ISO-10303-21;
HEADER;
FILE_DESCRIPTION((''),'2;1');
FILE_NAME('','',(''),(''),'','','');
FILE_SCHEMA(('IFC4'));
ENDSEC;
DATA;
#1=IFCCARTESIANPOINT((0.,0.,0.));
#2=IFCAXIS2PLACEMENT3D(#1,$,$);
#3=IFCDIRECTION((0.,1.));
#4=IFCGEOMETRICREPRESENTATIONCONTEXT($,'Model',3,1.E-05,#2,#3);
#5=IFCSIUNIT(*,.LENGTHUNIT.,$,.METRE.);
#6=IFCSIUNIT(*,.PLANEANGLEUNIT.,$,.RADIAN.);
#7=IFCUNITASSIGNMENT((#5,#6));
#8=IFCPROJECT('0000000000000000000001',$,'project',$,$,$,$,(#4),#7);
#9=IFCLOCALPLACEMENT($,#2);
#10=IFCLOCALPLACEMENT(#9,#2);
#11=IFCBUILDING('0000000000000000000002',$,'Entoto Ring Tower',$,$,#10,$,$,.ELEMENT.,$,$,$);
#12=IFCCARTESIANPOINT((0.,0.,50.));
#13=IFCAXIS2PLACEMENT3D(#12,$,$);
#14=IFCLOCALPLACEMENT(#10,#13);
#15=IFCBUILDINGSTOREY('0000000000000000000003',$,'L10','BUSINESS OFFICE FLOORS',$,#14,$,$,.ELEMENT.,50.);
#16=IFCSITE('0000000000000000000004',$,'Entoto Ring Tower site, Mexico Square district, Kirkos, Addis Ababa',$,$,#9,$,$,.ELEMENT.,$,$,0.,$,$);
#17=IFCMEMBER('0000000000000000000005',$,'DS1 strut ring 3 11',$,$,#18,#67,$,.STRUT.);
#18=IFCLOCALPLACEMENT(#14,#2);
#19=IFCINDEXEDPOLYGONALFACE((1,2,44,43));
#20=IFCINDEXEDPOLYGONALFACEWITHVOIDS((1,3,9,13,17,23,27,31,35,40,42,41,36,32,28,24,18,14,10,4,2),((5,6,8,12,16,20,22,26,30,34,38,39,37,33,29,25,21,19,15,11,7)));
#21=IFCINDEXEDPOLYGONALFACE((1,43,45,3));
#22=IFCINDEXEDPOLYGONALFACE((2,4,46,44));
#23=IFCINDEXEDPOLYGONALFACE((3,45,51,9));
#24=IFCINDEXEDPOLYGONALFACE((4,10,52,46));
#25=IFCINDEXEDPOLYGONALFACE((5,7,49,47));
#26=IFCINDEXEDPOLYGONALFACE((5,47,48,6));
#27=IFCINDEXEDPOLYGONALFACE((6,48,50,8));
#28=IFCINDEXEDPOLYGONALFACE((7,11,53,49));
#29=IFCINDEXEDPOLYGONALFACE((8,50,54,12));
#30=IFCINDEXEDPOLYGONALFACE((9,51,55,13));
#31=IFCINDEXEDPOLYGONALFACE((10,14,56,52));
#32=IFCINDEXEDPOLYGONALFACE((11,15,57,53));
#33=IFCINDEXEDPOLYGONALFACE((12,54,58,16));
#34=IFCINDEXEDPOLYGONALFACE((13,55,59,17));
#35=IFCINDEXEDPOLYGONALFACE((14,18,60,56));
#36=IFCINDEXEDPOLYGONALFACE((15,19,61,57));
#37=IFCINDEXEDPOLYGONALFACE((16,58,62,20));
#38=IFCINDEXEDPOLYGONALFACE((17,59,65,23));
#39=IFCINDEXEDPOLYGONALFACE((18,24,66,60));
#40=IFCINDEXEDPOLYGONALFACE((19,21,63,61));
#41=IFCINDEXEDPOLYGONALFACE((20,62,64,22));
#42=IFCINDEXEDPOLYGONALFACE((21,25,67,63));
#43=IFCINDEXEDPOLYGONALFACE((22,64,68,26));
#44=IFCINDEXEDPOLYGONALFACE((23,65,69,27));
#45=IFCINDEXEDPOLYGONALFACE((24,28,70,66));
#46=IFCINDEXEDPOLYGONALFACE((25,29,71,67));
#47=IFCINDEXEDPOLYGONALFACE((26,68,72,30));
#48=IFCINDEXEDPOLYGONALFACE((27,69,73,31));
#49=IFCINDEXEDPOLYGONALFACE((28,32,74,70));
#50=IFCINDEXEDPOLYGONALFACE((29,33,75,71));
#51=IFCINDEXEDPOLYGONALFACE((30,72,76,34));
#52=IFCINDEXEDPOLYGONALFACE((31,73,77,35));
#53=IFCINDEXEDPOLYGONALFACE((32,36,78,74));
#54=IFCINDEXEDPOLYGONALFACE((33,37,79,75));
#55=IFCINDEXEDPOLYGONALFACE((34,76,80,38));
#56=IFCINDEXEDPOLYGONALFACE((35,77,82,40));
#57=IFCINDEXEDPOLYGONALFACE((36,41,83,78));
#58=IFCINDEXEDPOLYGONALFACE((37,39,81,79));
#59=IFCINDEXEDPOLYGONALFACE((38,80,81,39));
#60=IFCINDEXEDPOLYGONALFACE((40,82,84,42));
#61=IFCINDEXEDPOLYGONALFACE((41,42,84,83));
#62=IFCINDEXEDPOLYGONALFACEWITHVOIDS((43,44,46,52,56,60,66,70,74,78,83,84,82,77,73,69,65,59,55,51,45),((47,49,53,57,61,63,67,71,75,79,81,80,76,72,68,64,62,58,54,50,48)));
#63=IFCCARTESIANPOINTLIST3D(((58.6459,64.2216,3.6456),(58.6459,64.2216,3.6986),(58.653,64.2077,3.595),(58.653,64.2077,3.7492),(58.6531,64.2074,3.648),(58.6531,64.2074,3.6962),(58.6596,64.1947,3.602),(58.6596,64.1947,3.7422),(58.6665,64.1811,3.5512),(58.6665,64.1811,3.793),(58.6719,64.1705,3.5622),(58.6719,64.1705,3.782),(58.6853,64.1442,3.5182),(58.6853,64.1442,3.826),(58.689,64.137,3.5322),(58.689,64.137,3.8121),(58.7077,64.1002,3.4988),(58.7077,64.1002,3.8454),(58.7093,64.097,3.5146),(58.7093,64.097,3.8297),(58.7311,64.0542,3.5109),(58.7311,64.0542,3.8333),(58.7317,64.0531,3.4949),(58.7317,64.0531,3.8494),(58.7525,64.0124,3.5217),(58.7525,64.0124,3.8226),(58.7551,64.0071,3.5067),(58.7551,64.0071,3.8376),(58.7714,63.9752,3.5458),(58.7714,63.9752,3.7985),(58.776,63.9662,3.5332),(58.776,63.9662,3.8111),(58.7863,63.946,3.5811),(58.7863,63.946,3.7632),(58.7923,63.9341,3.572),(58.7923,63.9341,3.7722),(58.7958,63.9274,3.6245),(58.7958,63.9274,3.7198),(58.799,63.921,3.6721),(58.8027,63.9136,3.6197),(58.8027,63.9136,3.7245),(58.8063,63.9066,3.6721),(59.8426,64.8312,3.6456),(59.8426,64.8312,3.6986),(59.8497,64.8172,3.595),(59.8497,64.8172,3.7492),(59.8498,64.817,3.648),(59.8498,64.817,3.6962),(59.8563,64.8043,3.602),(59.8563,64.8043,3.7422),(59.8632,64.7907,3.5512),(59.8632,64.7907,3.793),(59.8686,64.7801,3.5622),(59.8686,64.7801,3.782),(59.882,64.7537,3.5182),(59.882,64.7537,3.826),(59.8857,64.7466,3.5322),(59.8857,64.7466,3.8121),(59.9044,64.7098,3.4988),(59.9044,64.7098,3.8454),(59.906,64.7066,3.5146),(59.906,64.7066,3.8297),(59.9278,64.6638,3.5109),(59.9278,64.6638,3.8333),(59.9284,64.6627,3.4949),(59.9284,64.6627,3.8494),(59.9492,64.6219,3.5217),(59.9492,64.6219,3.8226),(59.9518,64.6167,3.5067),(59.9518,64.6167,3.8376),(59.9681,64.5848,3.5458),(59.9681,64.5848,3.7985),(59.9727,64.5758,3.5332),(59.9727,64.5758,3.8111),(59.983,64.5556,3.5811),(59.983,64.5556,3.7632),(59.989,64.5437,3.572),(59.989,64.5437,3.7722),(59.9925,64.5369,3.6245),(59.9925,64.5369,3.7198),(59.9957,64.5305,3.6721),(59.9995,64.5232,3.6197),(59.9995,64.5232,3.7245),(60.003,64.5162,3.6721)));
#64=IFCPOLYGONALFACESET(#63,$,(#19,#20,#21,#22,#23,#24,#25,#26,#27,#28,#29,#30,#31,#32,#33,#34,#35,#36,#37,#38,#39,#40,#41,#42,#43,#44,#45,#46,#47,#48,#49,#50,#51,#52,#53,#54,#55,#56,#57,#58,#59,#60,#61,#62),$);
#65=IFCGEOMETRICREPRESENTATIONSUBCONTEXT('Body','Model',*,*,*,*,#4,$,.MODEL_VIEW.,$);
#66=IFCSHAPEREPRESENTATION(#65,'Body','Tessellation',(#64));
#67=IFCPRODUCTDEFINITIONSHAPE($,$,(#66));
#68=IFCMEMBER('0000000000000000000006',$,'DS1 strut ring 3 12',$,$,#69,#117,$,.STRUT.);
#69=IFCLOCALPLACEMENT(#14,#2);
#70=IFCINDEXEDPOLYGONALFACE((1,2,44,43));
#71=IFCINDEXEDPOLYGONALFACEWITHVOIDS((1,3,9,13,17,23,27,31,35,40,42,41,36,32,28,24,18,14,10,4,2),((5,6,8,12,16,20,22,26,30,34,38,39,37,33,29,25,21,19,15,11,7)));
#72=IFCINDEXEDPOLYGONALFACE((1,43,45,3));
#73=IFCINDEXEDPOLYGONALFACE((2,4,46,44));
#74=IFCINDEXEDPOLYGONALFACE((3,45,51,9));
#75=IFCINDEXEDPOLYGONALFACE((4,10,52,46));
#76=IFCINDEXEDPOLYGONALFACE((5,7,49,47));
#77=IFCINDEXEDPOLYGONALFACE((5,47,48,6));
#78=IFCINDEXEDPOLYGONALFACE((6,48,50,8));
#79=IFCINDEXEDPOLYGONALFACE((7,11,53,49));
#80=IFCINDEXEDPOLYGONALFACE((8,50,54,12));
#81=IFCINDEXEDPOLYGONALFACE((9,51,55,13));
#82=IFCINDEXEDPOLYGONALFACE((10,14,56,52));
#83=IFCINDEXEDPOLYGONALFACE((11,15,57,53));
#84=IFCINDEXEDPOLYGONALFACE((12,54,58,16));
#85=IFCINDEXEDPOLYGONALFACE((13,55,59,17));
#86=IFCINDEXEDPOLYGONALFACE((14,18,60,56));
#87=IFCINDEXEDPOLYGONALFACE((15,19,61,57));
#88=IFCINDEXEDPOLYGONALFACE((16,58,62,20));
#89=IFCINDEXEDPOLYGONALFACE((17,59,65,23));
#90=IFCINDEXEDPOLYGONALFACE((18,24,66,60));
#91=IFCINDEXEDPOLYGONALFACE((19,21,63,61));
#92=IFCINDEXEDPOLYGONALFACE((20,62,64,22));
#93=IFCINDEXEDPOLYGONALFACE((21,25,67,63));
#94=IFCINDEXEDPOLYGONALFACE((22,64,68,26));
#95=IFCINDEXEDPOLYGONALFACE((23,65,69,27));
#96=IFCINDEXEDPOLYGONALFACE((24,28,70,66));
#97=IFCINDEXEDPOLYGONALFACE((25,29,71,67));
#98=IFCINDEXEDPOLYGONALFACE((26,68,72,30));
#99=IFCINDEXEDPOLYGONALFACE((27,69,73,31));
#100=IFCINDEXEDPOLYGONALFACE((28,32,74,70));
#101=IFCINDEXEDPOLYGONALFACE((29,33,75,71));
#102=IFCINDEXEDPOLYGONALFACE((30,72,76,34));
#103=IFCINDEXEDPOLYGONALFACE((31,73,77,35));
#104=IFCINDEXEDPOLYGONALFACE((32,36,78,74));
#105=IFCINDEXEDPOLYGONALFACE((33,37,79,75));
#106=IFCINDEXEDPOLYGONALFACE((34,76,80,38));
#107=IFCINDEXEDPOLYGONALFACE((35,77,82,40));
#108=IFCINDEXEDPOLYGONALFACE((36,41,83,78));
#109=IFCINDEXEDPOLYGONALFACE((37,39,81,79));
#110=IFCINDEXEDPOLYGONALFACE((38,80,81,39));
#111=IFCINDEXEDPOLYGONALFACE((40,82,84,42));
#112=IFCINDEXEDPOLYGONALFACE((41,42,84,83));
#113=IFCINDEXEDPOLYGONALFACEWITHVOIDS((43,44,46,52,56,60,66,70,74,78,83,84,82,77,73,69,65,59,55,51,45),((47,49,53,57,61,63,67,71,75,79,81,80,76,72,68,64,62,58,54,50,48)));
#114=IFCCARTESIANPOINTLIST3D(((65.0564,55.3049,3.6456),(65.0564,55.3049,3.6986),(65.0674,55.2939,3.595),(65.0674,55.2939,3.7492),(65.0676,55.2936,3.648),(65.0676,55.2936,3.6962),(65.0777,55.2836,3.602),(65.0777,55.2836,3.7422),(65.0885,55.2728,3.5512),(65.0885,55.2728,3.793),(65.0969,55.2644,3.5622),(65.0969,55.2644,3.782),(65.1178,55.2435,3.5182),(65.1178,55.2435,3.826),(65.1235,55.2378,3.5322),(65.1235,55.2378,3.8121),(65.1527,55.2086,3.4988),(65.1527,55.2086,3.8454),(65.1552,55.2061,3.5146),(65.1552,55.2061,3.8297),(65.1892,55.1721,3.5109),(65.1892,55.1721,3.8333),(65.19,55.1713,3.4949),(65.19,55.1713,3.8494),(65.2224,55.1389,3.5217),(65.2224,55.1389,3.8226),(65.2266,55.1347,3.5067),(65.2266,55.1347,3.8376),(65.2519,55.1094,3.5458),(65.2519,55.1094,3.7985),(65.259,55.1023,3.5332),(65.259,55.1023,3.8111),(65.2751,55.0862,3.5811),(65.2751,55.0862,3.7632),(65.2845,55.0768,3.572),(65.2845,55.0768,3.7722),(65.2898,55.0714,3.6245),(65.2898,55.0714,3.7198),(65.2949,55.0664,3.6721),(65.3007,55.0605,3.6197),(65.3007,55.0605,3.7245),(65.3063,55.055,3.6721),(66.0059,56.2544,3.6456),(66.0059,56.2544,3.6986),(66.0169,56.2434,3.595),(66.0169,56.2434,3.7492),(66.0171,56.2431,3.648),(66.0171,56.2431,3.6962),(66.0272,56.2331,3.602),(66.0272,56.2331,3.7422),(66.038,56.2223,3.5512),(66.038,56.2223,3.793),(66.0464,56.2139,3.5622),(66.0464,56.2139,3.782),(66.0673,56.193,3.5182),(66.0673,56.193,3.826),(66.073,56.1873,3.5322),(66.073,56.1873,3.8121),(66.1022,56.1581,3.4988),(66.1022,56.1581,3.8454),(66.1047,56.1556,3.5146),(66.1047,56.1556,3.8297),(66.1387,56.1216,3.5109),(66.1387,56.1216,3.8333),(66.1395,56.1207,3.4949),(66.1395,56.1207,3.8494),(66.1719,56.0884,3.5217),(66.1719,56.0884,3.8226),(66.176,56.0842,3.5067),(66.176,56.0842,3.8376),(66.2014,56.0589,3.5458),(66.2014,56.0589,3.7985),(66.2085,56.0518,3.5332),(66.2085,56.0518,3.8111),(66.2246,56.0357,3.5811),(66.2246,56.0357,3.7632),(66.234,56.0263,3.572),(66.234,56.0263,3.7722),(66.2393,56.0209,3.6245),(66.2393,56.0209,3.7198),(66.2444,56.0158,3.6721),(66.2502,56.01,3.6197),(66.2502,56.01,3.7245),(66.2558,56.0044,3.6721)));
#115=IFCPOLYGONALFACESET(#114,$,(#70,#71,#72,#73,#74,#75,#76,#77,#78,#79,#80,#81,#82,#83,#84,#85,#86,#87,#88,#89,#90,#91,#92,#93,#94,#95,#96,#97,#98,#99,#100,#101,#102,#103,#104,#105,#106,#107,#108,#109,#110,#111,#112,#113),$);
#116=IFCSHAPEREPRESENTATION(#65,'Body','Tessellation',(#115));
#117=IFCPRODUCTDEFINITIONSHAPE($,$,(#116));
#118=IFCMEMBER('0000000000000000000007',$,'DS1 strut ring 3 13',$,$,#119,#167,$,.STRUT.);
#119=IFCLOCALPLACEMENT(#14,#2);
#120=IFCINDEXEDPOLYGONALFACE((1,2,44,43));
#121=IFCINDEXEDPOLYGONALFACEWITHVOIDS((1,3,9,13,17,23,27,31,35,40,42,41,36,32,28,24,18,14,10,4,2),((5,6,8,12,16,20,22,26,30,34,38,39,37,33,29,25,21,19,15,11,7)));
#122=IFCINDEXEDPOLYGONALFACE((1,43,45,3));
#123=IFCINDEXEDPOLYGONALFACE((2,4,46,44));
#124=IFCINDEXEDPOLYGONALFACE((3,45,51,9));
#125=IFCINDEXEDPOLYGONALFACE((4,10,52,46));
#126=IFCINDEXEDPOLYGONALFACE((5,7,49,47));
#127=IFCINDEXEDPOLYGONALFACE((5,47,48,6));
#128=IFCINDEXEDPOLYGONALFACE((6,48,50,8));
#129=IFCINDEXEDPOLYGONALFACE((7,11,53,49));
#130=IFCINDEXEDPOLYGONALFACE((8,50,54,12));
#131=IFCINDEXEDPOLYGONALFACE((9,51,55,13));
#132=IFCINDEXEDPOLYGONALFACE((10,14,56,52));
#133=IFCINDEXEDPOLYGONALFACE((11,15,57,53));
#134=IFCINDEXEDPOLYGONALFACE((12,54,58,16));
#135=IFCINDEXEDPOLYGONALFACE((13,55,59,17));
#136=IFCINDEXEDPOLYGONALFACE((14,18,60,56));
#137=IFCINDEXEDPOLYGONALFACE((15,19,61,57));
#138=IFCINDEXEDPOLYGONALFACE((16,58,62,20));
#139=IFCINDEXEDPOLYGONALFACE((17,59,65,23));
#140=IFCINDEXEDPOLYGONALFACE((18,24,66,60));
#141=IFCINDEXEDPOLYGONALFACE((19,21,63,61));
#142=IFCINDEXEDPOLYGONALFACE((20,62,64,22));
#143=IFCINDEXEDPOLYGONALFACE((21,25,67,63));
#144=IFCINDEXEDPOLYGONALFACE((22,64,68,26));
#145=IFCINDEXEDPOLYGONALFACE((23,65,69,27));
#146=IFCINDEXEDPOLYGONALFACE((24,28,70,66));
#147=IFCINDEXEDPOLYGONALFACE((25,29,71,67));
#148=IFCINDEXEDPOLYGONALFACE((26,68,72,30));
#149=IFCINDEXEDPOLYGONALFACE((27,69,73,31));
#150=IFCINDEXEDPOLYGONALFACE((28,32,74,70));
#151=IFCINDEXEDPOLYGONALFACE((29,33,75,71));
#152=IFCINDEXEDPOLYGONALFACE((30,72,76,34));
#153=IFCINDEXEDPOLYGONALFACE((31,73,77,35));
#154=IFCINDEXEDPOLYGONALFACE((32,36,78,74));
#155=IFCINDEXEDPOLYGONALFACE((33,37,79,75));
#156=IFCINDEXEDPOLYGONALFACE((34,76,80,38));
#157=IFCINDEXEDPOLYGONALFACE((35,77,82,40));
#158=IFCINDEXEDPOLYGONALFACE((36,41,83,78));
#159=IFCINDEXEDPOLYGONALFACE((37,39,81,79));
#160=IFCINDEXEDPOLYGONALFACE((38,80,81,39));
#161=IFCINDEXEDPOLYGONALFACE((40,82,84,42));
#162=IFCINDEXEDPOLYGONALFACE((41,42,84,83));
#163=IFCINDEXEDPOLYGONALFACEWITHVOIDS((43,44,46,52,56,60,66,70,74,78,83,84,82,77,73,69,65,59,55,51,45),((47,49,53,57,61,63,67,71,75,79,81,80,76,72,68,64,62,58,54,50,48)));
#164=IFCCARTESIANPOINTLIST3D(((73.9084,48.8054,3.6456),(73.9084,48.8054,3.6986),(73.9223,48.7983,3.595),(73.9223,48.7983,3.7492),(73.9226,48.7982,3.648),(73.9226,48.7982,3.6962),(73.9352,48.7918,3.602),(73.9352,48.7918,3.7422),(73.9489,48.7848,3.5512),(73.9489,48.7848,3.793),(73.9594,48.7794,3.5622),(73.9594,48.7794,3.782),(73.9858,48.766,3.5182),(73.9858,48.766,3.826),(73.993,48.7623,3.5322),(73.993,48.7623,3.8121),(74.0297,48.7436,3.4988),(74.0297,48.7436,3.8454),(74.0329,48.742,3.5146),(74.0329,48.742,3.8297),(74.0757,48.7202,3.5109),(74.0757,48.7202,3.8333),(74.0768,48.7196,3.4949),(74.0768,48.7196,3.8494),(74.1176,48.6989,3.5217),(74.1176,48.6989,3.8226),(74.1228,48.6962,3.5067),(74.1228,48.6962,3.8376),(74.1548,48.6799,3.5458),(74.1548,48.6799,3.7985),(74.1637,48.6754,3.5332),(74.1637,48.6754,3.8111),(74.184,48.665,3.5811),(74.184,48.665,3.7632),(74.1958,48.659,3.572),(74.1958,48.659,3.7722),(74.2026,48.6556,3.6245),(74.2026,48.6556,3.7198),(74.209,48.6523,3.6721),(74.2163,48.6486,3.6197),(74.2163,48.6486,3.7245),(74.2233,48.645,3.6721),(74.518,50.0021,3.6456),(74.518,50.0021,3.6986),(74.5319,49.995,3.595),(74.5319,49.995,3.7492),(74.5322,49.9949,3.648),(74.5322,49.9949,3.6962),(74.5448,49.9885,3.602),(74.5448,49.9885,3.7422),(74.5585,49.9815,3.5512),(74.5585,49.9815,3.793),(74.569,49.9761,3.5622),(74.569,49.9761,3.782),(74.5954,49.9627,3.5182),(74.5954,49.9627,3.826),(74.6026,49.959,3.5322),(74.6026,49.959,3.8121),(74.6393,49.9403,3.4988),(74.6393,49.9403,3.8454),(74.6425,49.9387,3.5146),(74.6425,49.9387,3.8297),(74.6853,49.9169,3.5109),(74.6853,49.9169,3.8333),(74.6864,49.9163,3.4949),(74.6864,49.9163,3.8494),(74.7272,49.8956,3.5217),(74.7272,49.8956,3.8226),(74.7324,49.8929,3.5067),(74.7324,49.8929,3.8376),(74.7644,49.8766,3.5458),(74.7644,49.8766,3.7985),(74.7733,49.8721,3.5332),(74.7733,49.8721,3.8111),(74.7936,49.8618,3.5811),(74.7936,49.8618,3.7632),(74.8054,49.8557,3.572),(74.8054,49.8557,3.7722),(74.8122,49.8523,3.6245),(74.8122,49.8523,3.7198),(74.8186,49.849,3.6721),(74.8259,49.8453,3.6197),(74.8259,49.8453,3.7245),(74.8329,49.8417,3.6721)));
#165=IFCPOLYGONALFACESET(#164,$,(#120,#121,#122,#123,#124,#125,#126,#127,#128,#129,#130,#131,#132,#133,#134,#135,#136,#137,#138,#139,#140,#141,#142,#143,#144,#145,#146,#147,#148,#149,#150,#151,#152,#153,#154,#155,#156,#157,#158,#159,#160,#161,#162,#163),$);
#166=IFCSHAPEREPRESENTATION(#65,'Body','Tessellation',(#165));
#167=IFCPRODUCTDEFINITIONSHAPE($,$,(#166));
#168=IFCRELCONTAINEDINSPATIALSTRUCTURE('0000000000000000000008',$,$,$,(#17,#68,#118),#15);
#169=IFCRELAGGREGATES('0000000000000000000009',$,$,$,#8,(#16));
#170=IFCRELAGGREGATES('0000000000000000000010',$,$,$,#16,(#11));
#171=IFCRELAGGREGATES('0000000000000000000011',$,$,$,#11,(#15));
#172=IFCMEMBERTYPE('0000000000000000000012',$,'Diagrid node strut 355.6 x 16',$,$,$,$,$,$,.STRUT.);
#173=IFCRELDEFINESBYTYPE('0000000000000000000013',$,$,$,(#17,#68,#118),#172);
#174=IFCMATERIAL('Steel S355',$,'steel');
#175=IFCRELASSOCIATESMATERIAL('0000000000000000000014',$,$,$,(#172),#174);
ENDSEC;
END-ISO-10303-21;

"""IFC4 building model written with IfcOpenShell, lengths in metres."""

from ifc_helpers import new_model, si_unit, direction, frame, origin, origin_2d, place, context, subcontext, project, spatial, circle, hollow_circle, extrude, material, material_profile, profile_set, type_object, element, save


model = new_model("IFC4")

# Units and contexts
model_context = context("Model", 3, precision=1e-05, world=origin(), true_north=direction((0.0, 1.0)))
body_context = subcontext(model_context, "Body", "Model", "MODEL_VIEW")
ifc_project = project(units=[si_unit("LENGTHUNIT", "METRE"), si_unit("PLANEANGLEUNIT", "RADIAN")], contexts=[model_context])

# Site, building, storey
site_placement = place(None, origin())
site = spatial("IfcSite", under=ifc_project, at=site_placement, Name="Entoto Ring Tower site, Mexico Square district, Kirkos, Addis Ababa", CompositionType="ELEMENT", RefElevation=0.0)
building_placement = place(site_placement, origin())
building = spatial("IfcBuilding", under=site, at=building_placement, Name="Entoto Ring Tower", CompositionType="ELEMENT")
storey_placement = place(building_placement, frame((0.0, 0.0, 50.0)))
storey = spatial("IfcBuildingStorey", under=building, at=storey_placement, Name="L10", Description="BUSINESS OFFICE FLOORS", CompositionType="ELEMENT", Elevation=50.0)

# Members
ifc_material_1 = material(Name="Steel S355", Category="steel")
ifc_material_profile_1 = material_profile(ifc_material_1, hollow_circle(Radius=0.1777, WallThickness=0.0161, at=origin_2d()), Name="CHS 355.6 x 16")
ifc_material_2 = material(Name="Concrete C60/75", Category="concrete")
ifc_material_profile_2 = material_profile(ifc_material_2, circle(Radius=0.1619, at=origin_2d()), Name="Concrete C60/75 infill")
ifc_profile_set_1 = profile_set([ifc_material_profile_1, ifc_material_profile_2], Name="Steel S355")
member_type = type_object("IfcMemberType", Name="Diagrid node strut 355.6 x 16", PredefinedType="STRUT", material=ifc_profile_set_1)
member_1_placement = place(storey_placement, frame((59.9224, 64.6746, 3.6721), z_axis=(-0.891058, -0.45389, 0.0), x_axis=(0.45389, -0.891058, 0.0)))
element("IfcMember", 1, at=member_1_placement, inside=storey, type_object=member_type, Name="DS1 strut ring 3 11", PredefinedType="STRUT", context=body_context, shape_type="SweptSolid", body=[
    extrude(hollow_circle(Radius=0.1777, WallThickness=0.0161, at=origin_2d()), origin(), (0.0, 0.0, 1.0), 1.343),
])
member_2_placement = place(storey_placement, frame((66.1301, 56.1301, 3.6721), z_axis=(-0.707107, -0.707107, 0.0), x_axis=(0.707107, -0.707107, 0.0)))
element("IfcMember", 2, at=member_2_placement, inside=storey, type_object=member_type, Name="DS1 strut ring 3 12", PredefinedType="STRUT", context=body_context, shape_type="SweptSolid", body=[
    extrude(hollow_circle(Radius=0.1777, WallThickness=0.0161, at=origin_2d()), origin(), (0.0, 0.0, 1.0), 1.3428),
])
member_3_placement = place(storey_placement, frame((74.6746, 49.9224, 3.6721), z_axis=(-0.45389, -0.891058, 0.0), x_axis=(0.891058, -0.45389, 0.0)))
element("IfcMember", 3, at=member_3_placement, inside=storey, type_object=member_type, Name="DS1 strut ring 3 13", PredefinedType="STRUT", context=body_context, shape_type="SweptSolid", body=[
    extrude(hollow_circle(Radius=0.1777, WallThickness=0.0161, at=origin_2d()), origin(), (0.0, 0.0, 1.0), 1.343),
])

save(model, "model.ifc")
